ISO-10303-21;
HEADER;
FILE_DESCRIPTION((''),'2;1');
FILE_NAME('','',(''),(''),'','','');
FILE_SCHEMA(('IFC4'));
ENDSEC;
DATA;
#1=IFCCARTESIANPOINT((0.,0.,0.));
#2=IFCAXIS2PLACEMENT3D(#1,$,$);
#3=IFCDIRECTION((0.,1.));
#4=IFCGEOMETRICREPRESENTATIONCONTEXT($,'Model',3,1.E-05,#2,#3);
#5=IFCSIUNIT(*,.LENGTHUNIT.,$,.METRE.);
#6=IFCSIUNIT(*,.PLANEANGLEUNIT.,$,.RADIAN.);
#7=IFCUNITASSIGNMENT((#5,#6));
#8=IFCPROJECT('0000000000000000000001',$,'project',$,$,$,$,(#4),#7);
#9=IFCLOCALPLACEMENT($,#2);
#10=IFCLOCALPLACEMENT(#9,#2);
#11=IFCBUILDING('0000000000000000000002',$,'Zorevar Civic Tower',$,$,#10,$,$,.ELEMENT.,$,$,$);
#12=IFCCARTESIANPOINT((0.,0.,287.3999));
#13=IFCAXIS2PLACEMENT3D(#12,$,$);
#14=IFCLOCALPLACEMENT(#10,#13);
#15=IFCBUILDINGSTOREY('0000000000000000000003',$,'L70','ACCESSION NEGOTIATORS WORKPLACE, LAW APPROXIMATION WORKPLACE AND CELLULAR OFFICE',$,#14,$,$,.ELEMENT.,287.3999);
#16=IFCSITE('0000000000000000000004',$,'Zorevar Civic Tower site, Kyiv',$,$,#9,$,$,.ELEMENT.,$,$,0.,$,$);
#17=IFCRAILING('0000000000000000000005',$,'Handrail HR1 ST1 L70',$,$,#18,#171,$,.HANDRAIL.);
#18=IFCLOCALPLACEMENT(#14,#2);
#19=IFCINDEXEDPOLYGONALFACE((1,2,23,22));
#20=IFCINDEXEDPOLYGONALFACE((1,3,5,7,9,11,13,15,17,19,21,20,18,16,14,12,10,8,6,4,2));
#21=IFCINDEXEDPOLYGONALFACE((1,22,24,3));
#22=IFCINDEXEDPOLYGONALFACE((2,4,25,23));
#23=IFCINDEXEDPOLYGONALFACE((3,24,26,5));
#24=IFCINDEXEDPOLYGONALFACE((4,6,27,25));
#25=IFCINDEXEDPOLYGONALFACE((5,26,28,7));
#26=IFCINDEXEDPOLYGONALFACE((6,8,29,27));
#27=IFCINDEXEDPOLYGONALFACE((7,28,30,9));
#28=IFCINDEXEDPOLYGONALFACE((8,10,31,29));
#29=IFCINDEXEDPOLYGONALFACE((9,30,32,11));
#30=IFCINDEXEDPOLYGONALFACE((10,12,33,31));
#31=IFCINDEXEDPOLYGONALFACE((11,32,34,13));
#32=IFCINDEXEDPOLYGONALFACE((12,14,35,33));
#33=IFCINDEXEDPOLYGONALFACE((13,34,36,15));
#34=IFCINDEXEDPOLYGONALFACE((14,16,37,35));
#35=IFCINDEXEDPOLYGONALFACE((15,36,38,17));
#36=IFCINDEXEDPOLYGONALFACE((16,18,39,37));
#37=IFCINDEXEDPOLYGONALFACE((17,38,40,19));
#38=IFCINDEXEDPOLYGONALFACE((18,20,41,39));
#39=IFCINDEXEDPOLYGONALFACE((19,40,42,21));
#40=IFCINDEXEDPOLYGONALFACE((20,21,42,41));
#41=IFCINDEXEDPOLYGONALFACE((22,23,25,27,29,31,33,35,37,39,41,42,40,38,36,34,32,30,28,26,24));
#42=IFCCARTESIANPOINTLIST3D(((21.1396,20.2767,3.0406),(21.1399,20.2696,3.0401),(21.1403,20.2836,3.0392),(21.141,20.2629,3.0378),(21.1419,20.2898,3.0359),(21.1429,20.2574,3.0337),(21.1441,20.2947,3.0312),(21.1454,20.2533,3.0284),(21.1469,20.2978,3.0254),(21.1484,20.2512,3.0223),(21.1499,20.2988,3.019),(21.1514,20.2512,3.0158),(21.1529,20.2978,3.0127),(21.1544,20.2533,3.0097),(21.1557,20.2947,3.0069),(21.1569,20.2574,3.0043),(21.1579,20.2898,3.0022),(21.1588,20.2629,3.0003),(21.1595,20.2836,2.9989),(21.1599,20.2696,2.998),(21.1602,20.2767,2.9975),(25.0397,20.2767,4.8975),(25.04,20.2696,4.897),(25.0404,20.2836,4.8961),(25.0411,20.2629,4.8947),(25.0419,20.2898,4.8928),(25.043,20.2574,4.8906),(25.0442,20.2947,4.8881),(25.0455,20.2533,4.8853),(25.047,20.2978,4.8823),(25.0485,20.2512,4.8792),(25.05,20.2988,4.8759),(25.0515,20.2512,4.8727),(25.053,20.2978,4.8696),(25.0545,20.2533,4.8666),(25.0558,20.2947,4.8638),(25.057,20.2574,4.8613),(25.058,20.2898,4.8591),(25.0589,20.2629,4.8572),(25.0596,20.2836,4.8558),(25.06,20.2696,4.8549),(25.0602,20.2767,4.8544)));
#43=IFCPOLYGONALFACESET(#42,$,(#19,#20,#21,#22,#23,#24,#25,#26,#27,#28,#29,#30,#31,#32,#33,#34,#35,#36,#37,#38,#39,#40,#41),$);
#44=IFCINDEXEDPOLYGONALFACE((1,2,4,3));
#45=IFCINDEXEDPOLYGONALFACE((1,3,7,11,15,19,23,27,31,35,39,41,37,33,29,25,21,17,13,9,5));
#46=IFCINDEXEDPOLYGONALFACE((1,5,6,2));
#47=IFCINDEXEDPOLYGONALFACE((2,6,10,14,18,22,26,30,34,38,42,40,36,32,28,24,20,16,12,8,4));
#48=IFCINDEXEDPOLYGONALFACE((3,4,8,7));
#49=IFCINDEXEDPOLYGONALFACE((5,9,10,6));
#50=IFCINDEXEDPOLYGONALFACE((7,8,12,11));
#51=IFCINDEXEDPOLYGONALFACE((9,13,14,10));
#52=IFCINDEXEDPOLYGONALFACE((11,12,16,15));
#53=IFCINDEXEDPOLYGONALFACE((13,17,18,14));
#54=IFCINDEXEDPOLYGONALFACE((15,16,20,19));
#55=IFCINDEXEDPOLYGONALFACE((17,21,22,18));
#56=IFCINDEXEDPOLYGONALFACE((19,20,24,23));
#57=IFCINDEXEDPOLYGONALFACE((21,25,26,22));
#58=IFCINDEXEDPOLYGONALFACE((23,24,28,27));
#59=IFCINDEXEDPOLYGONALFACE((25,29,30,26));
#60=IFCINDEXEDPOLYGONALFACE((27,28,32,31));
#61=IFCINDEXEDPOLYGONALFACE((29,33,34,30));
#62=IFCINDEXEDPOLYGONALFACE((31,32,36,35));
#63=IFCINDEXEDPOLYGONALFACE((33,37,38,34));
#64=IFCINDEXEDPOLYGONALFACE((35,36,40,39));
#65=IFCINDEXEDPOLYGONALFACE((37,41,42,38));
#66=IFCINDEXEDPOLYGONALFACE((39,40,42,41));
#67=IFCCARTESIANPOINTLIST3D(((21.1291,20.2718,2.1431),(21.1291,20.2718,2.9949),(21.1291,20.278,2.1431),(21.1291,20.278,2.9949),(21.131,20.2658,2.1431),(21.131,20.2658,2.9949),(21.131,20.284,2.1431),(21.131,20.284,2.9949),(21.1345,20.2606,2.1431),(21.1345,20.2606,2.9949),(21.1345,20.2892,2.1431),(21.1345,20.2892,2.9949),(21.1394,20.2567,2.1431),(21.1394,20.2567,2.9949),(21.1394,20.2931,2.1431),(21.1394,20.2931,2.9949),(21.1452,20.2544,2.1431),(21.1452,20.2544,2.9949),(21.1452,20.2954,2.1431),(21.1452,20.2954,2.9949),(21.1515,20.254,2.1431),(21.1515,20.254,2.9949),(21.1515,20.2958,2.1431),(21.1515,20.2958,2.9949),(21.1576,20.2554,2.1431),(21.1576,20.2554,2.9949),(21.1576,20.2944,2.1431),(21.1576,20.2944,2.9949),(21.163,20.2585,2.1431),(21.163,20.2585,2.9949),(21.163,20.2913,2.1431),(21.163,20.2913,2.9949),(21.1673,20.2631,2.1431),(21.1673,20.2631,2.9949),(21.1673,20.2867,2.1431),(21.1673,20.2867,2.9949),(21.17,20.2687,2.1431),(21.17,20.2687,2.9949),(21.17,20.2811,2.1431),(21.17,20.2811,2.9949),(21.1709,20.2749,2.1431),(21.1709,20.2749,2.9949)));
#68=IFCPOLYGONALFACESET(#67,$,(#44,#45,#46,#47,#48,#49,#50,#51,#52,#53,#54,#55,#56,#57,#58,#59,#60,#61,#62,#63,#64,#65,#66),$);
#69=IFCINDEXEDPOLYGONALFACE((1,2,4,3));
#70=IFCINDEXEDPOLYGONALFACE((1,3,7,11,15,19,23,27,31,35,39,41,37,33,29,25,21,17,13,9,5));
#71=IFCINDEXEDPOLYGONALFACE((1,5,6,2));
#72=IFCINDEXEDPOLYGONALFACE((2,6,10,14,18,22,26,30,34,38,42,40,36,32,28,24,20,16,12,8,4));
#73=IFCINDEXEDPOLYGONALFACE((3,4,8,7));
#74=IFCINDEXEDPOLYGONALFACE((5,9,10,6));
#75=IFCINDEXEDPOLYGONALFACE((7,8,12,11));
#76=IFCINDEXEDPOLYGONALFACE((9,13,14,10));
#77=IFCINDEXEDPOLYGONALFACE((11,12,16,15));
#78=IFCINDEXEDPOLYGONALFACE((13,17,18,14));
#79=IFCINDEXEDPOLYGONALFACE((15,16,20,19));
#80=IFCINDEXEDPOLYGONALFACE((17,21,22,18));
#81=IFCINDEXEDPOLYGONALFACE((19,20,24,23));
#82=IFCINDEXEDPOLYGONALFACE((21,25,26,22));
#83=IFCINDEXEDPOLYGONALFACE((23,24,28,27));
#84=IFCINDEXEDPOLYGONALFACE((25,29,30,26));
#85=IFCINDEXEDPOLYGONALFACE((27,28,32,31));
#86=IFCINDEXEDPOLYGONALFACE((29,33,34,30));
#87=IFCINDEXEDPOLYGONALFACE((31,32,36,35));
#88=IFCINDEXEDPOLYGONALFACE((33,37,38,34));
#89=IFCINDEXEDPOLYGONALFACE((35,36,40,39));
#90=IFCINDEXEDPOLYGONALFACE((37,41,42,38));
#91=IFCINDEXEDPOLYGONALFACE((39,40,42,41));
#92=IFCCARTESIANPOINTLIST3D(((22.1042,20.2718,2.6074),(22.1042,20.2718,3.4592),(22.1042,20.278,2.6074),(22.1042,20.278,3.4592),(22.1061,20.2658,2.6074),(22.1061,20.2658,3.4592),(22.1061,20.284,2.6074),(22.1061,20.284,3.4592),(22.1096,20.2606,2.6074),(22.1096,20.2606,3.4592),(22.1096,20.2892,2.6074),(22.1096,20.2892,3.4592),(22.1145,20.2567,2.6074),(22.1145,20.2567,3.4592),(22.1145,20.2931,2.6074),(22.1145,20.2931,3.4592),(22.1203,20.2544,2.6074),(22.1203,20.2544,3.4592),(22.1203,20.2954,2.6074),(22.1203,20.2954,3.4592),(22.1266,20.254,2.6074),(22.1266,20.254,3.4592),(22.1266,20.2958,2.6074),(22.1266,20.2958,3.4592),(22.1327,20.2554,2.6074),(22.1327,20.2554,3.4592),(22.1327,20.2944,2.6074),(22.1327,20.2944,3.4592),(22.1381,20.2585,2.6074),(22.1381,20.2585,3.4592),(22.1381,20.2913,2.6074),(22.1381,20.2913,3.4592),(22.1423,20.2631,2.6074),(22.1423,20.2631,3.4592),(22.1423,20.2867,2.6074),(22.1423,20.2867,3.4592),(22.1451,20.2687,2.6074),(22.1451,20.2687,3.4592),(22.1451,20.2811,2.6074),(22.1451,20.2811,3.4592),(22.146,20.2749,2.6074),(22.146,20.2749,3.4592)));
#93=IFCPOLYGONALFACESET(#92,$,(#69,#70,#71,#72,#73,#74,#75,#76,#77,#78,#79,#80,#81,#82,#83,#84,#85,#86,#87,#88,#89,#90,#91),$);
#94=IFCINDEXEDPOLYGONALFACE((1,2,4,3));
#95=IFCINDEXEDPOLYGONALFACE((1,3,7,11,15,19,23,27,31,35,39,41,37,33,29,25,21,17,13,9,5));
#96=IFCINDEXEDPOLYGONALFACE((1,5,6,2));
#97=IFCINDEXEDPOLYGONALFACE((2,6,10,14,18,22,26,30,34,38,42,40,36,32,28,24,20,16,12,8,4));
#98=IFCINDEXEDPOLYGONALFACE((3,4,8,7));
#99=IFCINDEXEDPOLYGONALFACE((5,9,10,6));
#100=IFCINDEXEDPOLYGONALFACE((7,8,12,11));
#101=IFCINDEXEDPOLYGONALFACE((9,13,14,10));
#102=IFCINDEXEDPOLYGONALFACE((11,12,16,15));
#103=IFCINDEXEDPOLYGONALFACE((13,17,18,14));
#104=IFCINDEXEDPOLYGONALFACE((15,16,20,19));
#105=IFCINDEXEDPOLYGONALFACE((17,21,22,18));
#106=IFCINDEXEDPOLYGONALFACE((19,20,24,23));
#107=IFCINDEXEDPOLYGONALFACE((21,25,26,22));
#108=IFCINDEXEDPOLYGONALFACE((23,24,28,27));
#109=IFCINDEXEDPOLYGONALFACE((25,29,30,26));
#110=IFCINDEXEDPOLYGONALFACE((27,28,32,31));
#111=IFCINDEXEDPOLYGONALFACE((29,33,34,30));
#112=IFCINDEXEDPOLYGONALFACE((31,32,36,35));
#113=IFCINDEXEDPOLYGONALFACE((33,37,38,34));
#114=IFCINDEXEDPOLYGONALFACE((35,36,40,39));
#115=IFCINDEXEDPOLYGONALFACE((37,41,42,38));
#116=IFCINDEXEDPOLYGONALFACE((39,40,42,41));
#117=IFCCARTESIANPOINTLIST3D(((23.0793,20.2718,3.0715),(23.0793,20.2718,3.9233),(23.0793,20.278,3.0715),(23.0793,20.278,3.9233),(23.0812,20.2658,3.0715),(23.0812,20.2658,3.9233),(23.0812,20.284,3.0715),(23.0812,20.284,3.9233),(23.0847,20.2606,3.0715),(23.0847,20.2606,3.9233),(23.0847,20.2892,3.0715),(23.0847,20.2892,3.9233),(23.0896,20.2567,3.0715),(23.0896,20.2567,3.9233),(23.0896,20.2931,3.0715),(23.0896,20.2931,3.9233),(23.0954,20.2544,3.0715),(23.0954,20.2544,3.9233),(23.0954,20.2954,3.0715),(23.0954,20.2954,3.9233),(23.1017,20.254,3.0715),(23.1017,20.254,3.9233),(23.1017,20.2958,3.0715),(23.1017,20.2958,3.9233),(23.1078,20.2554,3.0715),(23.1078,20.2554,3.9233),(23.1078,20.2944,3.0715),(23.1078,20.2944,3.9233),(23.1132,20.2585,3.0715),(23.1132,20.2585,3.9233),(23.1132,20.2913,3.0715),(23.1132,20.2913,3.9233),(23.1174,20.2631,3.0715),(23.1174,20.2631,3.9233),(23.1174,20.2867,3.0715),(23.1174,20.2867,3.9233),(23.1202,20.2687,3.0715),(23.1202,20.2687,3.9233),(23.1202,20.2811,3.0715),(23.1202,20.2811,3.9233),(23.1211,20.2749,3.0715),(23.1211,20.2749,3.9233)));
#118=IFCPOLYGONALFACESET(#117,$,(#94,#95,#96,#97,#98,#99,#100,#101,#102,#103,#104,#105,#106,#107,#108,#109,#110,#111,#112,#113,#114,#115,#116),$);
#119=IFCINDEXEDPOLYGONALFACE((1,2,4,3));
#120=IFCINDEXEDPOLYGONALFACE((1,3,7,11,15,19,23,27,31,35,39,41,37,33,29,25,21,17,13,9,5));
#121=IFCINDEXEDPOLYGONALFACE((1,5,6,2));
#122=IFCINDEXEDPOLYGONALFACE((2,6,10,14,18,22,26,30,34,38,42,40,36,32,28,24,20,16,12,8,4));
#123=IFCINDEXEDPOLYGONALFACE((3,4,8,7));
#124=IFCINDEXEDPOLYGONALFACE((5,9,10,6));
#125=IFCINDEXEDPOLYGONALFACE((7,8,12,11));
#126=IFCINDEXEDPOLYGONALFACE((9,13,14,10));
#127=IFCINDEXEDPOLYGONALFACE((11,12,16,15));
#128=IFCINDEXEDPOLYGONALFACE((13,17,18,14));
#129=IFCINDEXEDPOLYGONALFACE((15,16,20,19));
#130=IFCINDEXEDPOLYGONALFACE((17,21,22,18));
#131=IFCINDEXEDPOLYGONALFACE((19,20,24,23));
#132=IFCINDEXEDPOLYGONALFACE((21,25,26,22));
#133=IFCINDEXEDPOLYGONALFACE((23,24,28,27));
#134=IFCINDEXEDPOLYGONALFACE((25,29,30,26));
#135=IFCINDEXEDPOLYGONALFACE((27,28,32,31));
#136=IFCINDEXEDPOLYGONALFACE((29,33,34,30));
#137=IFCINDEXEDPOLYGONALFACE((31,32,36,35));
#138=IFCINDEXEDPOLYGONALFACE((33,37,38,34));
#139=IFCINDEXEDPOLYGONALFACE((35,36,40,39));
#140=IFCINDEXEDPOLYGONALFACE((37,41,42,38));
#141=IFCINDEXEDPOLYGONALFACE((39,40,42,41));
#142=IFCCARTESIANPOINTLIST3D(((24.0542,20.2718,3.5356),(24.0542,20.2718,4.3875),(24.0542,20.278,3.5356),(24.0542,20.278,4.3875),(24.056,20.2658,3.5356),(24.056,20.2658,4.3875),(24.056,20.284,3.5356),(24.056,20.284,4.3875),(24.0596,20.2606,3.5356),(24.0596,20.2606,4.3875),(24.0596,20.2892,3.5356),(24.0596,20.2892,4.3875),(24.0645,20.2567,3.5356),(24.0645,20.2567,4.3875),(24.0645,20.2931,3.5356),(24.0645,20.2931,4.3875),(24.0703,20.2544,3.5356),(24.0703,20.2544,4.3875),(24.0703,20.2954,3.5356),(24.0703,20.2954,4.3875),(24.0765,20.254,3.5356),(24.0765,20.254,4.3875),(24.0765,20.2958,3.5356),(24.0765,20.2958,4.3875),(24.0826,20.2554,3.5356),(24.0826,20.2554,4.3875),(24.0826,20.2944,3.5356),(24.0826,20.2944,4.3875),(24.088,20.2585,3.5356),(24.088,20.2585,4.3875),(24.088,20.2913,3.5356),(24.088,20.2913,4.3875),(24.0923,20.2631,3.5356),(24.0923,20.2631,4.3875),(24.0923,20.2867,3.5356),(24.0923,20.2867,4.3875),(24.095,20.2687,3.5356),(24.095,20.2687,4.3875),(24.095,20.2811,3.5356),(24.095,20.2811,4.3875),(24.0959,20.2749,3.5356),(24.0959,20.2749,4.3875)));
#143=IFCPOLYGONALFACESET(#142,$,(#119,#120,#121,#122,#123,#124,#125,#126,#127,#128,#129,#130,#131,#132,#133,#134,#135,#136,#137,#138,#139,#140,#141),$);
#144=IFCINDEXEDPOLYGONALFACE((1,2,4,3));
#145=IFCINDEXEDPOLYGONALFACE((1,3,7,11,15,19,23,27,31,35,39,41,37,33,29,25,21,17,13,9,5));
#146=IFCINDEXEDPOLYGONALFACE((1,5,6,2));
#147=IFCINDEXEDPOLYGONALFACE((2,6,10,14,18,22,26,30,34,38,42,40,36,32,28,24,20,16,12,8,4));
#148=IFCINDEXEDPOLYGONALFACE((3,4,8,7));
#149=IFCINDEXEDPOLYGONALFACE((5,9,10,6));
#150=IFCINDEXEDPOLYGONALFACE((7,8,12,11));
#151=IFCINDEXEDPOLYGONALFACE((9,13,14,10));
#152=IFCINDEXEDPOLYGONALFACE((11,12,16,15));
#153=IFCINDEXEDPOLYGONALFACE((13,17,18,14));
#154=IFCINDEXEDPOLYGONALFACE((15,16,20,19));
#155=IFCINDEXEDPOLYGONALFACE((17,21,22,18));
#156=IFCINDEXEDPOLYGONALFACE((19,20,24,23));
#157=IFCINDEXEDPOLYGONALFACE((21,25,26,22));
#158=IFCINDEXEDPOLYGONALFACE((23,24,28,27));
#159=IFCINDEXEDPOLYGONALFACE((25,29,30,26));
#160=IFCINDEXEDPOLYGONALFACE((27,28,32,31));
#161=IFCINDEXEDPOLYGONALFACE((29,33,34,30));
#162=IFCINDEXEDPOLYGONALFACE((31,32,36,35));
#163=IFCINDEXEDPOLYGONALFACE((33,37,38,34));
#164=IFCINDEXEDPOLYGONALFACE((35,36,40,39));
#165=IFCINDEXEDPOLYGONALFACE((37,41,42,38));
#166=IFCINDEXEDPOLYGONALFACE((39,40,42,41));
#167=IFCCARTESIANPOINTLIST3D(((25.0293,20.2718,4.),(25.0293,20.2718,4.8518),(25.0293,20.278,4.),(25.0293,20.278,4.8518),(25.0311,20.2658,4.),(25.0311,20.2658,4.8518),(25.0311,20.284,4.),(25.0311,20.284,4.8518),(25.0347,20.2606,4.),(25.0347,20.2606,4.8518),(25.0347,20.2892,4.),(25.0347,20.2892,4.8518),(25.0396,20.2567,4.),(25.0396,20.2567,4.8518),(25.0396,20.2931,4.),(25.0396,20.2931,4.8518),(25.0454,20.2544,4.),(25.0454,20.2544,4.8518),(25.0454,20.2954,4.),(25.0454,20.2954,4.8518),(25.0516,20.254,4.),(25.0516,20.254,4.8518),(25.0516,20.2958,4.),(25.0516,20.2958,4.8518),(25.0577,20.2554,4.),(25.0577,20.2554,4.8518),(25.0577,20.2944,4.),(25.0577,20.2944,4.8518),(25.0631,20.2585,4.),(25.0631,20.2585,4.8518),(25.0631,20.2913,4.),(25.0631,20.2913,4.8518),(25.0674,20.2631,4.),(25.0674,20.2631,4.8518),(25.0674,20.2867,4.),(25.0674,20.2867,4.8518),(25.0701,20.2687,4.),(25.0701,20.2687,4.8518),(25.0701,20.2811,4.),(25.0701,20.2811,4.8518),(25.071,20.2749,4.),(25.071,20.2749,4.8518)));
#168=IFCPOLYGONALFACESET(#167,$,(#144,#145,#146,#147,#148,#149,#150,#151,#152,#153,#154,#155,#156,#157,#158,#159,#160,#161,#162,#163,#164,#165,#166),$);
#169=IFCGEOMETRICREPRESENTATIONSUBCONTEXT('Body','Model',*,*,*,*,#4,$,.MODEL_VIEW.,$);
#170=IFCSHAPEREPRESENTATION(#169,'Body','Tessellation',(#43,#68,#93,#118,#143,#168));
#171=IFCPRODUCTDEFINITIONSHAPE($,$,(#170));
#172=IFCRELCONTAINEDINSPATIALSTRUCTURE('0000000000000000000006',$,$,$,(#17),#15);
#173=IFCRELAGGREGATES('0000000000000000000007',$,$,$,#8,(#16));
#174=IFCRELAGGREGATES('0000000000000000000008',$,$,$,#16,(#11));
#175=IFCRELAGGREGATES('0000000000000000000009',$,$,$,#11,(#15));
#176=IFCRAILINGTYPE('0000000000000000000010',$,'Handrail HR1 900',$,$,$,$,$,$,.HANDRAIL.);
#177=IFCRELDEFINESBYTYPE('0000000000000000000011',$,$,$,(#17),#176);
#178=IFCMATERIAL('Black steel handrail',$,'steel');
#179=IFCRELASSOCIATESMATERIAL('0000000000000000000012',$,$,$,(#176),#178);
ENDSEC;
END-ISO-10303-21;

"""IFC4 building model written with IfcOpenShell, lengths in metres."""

from ifc_helpers import new_model, si_unit, direction, frame, origin, origin_2d, place, context, subcontext, project, spatial, circle, extrude, material, type_object, element, save


model = new_model("IFC4")

# Units and contexts
model_context = context("Model", 3, precision=1e-05, world=origin(), true_north=direction((0.0, 1.0)))
body_context = subcontext(model_context, "Body", "Model", "MODEL_VIEW")
ifc_project = project(units=[si_unit("LENGTHUNIT", "METRE"), si_unit("PLANEANGLEUNIT", "RADIAN")], contexts=[model_context])

# Site, building, storey
site_placement = place(None, origin())
site = spatial("IfcSite", under=ifc_project, at=site_placement, Name="Zorevar Civic Tower site, Kyiv", CompositionType="ELEMENT", RefElevation=0.0)
building_placement = place(site_placement, origin())
building = spatial("IfcBuilding", under=site, at=building_placement, Name="Zorevar Civic Tower", CompositionType="ELEMENT")
storey_placement = place(building_placement, frame((0.0, 0.0, 287.3999)))
storey = spatial("IfcBuildingStorey", under=building, at=storey_placement, Name="L70", Description="ACCESSION NEGOTIATORS WORKPLACE, LAW APPROXIMATION WORKPLACE AND CELLULAR OFFICE", CompositionType="ELEMENT", Elevation=287.3999)

# Railing
ifc_material_1 = material(Name="Black steel handrail", Category="steel")
railing_type = type_object("IfcRailingType", Name="Handrail HR1 900", PredefinedType="HANDRAIL", material=ifc_material_1)
railing_1_placement = place(storey_placement, frame((21.1499, 20.2749, 2.1431)))
element("IfcRailing", 1, at=railing_1_placement, inside=storey, type_object=railing_type, Name="Handrail HR1 ST1 L70", PredefinedType="HANDRAIL", context=body_context, shape_type="SweptSolid", body=[
    extrude(circle(Radius=0.0239, at=origin_2d()), frame((0.0, 0.0, 0.876), z_axis=(0.902886, 0.0, 0.429881), x_axis=(0.0, 1.0, 0.0)), (0.0, 0.0, 1.0), 4.3196),
    extrude(circle(Radius=0.021, at=origin_2d()), origin(), (0.0, 0.0, 1.0), 0.8518),
    extrude(circle(Radius=0.021, at=origin_2d()), frame((0.9751, 0.0, 0.4644)), (0.0, 0.0, 1.0), 0.8518),
    extrude(circle(Radius=0.021, at=origin_2d()), frame((1.9502, 0.0, 0.9285)), (0.0, 0.0, 1.0), 0.8518),
    extrude(circle(Radius=0.021, at=origin_2d()), frame((2.925, 0.0, 1.3926)), (0.0, 0.0, 1.0), 0.8518),
    extrude(circle(Radius=0.021, at=origin_2d()), frame((3.9001, 0.0, 1.8569)), (0.0, 0.0, 1.0), 0.8518),
])

save(model, "model.ifc")
